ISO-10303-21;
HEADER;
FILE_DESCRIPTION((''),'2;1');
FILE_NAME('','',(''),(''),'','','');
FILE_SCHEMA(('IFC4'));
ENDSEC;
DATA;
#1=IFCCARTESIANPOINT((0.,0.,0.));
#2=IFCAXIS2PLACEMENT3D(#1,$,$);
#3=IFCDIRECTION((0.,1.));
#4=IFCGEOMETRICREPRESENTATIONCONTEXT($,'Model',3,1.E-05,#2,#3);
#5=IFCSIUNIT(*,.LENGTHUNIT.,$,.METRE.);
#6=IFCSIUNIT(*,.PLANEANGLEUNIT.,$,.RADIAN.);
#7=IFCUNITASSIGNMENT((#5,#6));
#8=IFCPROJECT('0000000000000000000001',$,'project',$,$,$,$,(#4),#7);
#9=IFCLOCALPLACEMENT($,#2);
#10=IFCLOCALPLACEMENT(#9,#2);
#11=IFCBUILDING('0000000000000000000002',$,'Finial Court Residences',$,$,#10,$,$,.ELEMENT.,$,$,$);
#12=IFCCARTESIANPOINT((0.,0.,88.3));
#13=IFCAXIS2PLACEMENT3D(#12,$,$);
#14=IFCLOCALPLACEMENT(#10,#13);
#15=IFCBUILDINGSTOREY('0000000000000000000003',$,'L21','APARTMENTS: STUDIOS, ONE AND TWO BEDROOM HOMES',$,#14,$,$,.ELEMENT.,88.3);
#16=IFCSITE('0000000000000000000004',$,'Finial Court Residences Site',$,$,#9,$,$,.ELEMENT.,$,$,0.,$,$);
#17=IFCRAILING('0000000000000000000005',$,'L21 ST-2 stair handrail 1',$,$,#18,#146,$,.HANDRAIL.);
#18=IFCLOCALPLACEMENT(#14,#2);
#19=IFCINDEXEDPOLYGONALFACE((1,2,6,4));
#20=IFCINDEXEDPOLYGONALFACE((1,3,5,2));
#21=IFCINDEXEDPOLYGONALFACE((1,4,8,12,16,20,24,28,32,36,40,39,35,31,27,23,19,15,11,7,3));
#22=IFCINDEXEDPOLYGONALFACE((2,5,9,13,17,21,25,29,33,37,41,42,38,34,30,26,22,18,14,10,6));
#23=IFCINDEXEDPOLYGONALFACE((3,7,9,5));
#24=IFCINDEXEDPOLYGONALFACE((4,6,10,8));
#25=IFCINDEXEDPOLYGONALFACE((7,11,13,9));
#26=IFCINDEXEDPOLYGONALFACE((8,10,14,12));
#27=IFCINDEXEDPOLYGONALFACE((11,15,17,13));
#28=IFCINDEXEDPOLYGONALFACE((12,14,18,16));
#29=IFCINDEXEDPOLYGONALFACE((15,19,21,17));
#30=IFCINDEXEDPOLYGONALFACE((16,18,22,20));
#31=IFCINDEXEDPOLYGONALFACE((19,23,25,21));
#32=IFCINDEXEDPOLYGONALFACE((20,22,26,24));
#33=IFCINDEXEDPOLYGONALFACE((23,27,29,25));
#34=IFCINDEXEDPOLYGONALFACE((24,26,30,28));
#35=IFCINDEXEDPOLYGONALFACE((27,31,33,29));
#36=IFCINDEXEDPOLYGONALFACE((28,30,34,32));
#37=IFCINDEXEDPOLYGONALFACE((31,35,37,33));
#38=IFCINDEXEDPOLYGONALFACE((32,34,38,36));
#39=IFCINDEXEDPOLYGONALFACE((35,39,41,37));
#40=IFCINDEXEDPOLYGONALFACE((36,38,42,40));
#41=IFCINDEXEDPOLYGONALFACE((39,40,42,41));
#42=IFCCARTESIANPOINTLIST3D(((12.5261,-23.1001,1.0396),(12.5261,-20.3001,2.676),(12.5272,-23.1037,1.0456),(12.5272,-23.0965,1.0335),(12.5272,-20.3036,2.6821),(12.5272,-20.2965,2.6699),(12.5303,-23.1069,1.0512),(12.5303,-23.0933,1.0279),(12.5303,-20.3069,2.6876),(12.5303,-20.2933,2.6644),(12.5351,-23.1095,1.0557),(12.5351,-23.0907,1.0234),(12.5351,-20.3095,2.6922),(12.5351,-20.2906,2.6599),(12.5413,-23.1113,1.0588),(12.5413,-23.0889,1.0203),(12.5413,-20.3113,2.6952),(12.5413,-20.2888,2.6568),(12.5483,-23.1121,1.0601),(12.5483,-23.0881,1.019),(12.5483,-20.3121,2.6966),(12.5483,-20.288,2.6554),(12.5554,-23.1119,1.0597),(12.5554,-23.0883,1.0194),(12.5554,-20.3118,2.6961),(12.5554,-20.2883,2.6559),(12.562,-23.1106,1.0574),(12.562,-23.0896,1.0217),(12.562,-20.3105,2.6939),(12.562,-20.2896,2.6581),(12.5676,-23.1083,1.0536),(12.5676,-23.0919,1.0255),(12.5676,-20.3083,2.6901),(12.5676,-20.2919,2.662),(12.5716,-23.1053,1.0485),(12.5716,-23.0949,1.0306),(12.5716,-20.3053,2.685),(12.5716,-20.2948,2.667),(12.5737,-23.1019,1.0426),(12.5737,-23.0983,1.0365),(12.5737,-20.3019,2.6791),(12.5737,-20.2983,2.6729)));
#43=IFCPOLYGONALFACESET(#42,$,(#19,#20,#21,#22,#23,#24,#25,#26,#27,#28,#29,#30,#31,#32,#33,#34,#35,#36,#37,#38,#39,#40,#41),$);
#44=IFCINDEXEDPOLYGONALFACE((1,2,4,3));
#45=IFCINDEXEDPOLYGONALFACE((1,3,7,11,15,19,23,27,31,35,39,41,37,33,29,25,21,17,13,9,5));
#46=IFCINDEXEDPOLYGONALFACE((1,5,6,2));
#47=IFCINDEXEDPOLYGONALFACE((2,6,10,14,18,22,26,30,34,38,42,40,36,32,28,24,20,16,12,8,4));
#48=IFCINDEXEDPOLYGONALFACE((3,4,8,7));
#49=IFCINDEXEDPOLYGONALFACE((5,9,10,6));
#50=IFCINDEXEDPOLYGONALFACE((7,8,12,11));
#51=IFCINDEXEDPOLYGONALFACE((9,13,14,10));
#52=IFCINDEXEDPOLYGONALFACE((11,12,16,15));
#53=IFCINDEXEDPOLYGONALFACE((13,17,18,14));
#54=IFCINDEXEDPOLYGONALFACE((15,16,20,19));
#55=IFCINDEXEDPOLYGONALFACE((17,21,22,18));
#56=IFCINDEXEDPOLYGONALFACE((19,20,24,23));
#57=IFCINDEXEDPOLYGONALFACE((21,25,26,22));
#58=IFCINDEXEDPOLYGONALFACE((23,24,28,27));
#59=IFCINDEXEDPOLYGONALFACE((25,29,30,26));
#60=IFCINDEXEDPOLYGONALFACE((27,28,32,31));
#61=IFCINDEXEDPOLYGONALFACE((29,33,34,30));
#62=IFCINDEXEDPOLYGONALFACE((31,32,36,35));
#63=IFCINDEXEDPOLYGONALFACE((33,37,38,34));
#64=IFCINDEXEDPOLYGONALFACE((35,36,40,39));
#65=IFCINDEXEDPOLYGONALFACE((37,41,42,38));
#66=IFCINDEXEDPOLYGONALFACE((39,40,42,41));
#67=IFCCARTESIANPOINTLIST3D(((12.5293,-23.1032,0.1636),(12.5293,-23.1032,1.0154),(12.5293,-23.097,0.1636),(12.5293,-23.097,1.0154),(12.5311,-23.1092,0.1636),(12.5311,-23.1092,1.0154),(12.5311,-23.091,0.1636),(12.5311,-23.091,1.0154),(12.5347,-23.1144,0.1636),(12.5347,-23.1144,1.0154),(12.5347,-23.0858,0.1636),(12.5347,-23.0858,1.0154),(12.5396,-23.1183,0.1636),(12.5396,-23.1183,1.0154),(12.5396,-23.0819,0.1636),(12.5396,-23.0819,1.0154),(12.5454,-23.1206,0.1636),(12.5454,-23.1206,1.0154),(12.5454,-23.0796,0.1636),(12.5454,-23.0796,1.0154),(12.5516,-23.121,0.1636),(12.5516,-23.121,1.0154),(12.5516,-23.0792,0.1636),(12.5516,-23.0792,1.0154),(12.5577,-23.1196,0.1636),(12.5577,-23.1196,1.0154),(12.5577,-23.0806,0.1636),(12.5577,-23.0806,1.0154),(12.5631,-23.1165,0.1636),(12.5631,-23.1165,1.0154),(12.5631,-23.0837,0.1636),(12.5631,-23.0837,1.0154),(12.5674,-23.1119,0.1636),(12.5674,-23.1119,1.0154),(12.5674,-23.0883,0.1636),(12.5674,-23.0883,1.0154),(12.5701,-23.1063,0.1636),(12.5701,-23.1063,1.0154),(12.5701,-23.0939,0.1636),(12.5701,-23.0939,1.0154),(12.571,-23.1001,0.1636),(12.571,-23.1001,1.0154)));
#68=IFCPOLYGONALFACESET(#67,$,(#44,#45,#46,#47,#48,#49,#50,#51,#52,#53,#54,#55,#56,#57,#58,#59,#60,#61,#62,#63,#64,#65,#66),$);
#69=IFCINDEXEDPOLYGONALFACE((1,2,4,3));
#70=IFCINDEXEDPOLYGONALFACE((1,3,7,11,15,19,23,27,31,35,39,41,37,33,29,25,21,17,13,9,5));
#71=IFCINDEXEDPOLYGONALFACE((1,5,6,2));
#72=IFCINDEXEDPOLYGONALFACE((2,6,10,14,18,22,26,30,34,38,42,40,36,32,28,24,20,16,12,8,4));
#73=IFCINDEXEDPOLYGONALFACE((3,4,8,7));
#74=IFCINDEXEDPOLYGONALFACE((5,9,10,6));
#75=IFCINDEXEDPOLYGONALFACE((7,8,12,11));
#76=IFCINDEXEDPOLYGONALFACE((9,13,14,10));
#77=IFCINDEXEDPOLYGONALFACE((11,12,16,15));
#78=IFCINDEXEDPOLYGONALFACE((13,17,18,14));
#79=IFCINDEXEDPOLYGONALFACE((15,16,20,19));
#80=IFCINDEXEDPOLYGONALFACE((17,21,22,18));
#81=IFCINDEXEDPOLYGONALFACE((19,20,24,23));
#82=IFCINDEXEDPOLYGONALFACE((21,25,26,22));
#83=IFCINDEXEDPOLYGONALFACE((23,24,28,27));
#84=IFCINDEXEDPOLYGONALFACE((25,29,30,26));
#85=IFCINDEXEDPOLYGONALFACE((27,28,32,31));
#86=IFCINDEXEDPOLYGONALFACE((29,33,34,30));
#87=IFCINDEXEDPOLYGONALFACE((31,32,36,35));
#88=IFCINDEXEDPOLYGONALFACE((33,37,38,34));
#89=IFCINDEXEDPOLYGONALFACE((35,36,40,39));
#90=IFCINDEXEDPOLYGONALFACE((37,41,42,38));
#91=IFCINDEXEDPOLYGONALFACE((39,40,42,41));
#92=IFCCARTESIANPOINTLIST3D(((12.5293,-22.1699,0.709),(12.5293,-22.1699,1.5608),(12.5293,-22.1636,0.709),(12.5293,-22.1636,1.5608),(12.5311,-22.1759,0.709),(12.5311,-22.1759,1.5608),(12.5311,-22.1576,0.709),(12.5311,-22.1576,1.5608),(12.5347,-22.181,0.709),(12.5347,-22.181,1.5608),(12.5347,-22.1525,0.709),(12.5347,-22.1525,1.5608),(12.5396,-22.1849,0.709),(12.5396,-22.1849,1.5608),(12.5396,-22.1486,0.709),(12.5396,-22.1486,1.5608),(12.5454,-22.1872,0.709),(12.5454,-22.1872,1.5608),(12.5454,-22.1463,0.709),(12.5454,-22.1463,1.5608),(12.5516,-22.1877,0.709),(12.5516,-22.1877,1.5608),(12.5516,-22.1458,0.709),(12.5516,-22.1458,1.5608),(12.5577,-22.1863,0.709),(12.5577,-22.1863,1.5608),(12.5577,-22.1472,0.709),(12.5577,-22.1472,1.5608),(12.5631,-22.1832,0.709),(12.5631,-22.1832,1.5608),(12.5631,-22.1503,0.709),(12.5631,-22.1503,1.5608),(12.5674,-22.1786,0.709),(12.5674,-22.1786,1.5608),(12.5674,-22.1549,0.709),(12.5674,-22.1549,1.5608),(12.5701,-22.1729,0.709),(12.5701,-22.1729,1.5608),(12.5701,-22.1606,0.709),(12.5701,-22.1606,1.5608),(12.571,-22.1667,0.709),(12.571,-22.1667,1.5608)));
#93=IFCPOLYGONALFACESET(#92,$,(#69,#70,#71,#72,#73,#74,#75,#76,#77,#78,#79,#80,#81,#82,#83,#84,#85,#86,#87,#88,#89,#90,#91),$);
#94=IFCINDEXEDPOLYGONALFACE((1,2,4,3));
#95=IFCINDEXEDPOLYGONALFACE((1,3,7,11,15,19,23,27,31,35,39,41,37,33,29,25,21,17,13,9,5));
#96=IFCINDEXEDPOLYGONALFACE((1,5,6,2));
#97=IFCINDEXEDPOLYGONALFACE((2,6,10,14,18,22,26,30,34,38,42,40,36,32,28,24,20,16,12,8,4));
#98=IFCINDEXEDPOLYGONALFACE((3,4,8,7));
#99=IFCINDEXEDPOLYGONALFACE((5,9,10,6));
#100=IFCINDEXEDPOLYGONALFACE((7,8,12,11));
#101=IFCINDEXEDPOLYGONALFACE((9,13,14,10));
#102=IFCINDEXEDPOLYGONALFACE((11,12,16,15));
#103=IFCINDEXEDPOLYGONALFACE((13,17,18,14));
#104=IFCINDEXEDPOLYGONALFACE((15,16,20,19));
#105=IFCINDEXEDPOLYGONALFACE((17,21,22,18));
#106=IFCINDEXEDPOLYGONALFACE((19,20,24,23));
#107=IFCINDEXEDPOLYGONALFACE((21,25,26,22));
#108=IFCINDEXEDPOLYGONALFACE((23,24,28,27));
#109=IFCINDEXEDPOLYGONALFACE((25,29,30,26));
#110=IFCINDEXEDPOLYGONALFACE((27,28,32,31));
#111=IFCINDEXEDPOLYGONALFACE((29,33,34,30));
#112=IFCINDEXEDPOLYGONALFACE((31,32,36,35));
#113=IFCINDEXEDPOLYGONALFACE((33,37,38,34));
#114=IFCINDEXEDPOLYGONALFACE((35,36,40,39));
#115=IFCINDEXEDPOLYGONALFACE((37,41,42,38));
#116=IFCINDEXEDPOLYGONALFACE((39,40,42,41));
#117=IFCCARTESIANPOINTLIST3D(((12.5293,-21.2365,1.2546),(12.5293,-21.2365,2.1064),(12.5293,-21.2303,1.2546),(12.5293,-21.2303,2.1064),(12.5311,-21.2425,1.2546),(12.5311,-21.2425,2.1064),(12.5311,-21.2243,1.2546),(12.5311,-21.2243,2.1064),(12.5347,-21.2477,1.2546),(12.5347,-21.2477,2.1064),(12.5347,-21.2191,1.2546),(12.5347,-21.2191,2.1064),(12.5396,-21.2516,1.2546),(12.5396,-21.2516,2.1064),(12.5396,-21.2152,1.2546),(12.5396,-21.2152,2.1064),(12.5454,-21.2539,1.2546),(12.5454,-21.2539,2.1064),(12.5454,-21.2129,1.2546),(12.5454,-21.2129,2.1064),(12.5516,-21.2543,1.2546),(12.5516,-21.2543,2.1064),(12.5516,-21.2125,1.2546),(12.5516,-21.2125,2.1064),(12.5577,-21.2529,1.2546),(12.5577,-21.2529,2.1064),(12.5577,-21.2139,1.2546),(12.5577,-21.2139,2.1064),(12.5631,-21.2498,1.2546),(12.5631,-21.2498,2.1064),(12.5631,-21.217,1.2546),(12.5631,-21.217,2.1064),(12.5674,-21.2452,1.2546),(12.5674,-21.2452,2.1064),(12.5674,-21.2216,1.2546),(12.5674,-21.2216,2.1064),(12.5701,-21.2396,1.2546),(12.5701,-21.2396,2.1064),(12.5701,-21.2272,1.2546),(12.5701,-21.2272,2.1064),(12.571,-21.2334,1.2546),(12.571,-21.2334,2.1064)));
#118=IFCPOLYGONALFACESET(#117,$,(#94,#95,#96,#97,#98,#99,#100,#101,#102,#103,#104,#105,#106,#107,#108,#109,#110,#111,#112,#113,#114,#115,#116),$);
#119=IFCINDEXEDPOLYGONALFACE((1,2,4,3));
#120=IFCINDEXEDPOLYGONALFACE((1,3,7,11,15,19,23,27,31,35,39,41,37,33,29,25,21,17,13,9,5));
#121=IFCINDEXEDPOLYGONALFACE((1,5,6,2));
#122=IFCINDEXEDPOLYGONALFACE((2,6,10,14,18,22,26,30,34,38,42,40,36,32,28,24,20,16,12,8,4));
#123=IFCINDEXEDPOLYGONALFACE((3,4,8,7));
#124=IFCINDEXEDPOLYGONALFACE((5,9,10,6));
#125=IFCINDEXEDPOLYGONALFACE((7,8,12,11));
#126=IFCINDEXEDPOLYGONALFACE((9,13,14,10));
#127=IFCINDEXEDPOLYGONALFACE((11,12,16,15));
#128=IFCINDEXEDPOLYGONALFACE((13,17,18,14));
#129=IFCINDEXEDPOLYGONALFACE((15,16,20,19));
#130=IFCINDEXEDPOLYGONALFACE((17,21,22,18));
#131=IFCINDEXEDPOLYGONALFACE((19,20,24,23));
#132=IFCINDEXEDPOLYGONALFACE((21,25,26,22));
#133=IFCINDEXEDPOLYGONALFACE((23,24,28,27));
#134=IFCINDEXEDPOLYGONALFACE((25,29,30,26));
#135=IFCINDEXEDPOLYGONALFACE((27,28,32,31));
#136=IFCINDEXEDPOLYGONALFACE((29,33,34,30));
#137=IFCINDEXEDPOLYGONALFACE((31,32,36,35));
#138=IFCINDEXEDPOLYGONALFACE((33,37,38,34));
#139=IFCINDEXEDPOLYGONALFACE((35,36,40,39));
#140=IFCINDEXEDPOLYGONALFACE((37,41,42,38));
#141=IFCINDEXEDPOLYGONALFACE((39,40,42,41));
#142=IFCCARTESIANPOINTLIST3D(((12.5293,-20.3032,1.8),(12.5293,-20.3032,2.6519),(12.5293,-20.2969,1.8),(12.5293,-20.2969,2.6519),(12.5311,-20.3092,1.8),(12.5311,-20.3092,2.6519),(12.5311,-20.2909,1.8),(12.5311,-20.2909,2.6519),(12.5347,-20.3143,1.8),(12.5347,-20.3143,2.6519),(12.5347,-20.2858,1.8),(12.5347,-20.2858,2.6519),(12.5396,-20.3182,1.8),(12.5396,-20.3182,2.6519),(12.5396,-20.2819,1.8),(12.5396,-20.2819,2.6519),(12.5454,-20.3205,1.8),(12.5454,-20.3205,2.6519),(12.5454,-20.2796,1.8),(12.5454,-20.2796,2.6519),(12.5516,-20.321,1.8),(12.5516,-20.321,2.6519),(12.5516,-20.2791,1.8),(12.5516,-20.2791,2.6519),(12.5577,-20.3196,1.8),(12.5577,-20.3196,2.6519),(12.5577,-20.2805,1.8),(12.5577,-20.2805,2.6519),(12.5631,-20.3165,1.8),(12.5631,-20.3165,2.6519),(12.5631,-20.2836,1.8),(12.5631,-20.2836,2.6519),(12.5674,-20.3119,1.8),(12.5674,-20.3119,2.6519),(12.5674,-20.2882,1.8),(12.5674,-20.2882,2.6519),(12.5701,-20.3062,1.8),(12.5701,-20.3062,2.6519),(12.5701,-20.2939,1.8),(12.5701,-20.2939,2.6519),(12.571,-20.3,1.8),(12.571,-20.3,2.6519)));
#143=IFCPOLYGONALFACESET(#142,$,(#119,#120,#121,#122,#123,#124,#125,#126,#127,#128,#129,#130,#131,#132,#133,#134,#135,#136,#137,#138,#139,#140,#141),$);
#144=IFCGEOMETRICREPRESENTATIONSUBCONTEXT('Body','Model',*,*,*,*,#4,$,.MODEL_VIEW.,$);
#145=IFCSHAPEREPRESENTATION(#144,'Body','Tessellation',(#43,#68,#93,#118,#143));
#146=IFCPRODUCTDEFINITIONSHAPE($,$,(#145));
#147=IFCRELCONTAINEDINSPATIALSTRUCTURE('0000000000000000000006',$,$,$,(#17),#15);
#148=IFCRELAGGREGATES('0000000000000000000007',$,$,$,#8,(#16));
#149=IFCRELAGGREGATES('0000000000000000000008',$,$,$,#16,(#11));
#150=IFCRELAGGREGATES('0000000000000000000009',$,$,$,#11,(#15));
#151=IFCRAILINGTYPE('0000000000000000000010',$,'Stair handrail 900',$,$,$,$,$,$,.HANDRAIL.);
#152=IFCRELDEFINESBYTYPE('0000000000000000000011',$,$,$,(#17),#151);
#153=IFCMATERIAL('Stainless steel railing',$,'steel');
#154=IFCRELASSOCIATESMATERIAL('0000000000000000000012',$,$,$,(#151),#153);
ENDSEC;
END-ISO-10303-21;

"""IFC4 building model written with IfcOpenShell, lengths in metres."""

from ifc_helpers import new_model, si_unit, direction, frame, origin, origin_2d, place, context, subcontext, project, spatial, circle, extrude, material, type_object, element, save


model = new_model("IFC4")

# Units and contexts
model_context = context("Model", 3, precision=1e-05, world=origin(), true_north=direction((0.0, 1.0)))
body_context = subcontext(model_context, "Body", "Model", "MODEL_VIEW")
ifc_project = project(units=[si_unit("LENGTHUNIT", "METRE"), si_unit("PLANEANGLEUNIT", "RADIAN")], contexts=[model_context])

# Site, building, storey
site_placement = place(None, origin())
site = spatial("IfcSite", under=ifc_project, at=site_placement, Name="Finial Court Residences Site", CompositionType="ELEMENT", RefElevation=0.0)
building_placement = place(site_placement, origin())
building = spatial("IfcBuilding", under=site, at=building_placement, Name="Finial Court Residences", CompositionType="ELEMENT")
storey_placement = place(building_placement, frame((0.0, 0.0, 88.3)))
storey = spatial("IfcBuildingStorey", under=building, at=storey_placement, Name="L21", Description="APARTMENTS: STUDIOS, ONE AND TWO BEDROOM HOMES", CompositionType="ELEMENT", Elevation=88.3)

# Railing
ifc_material_1 = material(Name="Stainless steel railing", Category="steel")
railing_type_1 = type_object("IfcRailingType", Name="Stair handrail 900", PredefinedType="HANDRAIL", material=ifc_material_1)
railing_1_placement = place(storey_placement, frame((12.55, -23.1001, 0.1636)))
element("IfcRailing", 1, at=railing_1_placement, inside=storey, type_object=railing_type_1, Name="L21 ST-2 stair handrail 1", PredefinedType="HANDRAIL", context=body_context, shape_type="SweptSolid", body=[
    extrude(circle(Radius=0.0239, at=origin_2d()), frame((0.0, 0.0, 0.876), z_axis=(0.0, 0.863361, 0.504587), x_axis=(-1.0, 0.0, 0.0)), (0.0, 0.0, 1.0), 3.2432),
    extrude(circle(Radius=0.021, at=origin_2d()), origin(), (0.0, 0.0, 1.0), 0.8518),
    extrude(circle(Radius=0.021, at=origin_2d()), frame((0.0, 0.9333, 0.5454)), (0.0, 0.0, 1.0), 0.8518),
    extrude(circle(Radius=0.021, at=origin_2d()), frame((0.0, 1.8667, 1.0911)), (0.0, 0.0, 1.0), 0.8518),
    extrude(circle(Radius=0.021, at=origin_2d()), frame((0.0, 2.8, 1.6365)), (0.0, 0.0, 1.0), 0.8518),
])

save(model, "model.ifc")
